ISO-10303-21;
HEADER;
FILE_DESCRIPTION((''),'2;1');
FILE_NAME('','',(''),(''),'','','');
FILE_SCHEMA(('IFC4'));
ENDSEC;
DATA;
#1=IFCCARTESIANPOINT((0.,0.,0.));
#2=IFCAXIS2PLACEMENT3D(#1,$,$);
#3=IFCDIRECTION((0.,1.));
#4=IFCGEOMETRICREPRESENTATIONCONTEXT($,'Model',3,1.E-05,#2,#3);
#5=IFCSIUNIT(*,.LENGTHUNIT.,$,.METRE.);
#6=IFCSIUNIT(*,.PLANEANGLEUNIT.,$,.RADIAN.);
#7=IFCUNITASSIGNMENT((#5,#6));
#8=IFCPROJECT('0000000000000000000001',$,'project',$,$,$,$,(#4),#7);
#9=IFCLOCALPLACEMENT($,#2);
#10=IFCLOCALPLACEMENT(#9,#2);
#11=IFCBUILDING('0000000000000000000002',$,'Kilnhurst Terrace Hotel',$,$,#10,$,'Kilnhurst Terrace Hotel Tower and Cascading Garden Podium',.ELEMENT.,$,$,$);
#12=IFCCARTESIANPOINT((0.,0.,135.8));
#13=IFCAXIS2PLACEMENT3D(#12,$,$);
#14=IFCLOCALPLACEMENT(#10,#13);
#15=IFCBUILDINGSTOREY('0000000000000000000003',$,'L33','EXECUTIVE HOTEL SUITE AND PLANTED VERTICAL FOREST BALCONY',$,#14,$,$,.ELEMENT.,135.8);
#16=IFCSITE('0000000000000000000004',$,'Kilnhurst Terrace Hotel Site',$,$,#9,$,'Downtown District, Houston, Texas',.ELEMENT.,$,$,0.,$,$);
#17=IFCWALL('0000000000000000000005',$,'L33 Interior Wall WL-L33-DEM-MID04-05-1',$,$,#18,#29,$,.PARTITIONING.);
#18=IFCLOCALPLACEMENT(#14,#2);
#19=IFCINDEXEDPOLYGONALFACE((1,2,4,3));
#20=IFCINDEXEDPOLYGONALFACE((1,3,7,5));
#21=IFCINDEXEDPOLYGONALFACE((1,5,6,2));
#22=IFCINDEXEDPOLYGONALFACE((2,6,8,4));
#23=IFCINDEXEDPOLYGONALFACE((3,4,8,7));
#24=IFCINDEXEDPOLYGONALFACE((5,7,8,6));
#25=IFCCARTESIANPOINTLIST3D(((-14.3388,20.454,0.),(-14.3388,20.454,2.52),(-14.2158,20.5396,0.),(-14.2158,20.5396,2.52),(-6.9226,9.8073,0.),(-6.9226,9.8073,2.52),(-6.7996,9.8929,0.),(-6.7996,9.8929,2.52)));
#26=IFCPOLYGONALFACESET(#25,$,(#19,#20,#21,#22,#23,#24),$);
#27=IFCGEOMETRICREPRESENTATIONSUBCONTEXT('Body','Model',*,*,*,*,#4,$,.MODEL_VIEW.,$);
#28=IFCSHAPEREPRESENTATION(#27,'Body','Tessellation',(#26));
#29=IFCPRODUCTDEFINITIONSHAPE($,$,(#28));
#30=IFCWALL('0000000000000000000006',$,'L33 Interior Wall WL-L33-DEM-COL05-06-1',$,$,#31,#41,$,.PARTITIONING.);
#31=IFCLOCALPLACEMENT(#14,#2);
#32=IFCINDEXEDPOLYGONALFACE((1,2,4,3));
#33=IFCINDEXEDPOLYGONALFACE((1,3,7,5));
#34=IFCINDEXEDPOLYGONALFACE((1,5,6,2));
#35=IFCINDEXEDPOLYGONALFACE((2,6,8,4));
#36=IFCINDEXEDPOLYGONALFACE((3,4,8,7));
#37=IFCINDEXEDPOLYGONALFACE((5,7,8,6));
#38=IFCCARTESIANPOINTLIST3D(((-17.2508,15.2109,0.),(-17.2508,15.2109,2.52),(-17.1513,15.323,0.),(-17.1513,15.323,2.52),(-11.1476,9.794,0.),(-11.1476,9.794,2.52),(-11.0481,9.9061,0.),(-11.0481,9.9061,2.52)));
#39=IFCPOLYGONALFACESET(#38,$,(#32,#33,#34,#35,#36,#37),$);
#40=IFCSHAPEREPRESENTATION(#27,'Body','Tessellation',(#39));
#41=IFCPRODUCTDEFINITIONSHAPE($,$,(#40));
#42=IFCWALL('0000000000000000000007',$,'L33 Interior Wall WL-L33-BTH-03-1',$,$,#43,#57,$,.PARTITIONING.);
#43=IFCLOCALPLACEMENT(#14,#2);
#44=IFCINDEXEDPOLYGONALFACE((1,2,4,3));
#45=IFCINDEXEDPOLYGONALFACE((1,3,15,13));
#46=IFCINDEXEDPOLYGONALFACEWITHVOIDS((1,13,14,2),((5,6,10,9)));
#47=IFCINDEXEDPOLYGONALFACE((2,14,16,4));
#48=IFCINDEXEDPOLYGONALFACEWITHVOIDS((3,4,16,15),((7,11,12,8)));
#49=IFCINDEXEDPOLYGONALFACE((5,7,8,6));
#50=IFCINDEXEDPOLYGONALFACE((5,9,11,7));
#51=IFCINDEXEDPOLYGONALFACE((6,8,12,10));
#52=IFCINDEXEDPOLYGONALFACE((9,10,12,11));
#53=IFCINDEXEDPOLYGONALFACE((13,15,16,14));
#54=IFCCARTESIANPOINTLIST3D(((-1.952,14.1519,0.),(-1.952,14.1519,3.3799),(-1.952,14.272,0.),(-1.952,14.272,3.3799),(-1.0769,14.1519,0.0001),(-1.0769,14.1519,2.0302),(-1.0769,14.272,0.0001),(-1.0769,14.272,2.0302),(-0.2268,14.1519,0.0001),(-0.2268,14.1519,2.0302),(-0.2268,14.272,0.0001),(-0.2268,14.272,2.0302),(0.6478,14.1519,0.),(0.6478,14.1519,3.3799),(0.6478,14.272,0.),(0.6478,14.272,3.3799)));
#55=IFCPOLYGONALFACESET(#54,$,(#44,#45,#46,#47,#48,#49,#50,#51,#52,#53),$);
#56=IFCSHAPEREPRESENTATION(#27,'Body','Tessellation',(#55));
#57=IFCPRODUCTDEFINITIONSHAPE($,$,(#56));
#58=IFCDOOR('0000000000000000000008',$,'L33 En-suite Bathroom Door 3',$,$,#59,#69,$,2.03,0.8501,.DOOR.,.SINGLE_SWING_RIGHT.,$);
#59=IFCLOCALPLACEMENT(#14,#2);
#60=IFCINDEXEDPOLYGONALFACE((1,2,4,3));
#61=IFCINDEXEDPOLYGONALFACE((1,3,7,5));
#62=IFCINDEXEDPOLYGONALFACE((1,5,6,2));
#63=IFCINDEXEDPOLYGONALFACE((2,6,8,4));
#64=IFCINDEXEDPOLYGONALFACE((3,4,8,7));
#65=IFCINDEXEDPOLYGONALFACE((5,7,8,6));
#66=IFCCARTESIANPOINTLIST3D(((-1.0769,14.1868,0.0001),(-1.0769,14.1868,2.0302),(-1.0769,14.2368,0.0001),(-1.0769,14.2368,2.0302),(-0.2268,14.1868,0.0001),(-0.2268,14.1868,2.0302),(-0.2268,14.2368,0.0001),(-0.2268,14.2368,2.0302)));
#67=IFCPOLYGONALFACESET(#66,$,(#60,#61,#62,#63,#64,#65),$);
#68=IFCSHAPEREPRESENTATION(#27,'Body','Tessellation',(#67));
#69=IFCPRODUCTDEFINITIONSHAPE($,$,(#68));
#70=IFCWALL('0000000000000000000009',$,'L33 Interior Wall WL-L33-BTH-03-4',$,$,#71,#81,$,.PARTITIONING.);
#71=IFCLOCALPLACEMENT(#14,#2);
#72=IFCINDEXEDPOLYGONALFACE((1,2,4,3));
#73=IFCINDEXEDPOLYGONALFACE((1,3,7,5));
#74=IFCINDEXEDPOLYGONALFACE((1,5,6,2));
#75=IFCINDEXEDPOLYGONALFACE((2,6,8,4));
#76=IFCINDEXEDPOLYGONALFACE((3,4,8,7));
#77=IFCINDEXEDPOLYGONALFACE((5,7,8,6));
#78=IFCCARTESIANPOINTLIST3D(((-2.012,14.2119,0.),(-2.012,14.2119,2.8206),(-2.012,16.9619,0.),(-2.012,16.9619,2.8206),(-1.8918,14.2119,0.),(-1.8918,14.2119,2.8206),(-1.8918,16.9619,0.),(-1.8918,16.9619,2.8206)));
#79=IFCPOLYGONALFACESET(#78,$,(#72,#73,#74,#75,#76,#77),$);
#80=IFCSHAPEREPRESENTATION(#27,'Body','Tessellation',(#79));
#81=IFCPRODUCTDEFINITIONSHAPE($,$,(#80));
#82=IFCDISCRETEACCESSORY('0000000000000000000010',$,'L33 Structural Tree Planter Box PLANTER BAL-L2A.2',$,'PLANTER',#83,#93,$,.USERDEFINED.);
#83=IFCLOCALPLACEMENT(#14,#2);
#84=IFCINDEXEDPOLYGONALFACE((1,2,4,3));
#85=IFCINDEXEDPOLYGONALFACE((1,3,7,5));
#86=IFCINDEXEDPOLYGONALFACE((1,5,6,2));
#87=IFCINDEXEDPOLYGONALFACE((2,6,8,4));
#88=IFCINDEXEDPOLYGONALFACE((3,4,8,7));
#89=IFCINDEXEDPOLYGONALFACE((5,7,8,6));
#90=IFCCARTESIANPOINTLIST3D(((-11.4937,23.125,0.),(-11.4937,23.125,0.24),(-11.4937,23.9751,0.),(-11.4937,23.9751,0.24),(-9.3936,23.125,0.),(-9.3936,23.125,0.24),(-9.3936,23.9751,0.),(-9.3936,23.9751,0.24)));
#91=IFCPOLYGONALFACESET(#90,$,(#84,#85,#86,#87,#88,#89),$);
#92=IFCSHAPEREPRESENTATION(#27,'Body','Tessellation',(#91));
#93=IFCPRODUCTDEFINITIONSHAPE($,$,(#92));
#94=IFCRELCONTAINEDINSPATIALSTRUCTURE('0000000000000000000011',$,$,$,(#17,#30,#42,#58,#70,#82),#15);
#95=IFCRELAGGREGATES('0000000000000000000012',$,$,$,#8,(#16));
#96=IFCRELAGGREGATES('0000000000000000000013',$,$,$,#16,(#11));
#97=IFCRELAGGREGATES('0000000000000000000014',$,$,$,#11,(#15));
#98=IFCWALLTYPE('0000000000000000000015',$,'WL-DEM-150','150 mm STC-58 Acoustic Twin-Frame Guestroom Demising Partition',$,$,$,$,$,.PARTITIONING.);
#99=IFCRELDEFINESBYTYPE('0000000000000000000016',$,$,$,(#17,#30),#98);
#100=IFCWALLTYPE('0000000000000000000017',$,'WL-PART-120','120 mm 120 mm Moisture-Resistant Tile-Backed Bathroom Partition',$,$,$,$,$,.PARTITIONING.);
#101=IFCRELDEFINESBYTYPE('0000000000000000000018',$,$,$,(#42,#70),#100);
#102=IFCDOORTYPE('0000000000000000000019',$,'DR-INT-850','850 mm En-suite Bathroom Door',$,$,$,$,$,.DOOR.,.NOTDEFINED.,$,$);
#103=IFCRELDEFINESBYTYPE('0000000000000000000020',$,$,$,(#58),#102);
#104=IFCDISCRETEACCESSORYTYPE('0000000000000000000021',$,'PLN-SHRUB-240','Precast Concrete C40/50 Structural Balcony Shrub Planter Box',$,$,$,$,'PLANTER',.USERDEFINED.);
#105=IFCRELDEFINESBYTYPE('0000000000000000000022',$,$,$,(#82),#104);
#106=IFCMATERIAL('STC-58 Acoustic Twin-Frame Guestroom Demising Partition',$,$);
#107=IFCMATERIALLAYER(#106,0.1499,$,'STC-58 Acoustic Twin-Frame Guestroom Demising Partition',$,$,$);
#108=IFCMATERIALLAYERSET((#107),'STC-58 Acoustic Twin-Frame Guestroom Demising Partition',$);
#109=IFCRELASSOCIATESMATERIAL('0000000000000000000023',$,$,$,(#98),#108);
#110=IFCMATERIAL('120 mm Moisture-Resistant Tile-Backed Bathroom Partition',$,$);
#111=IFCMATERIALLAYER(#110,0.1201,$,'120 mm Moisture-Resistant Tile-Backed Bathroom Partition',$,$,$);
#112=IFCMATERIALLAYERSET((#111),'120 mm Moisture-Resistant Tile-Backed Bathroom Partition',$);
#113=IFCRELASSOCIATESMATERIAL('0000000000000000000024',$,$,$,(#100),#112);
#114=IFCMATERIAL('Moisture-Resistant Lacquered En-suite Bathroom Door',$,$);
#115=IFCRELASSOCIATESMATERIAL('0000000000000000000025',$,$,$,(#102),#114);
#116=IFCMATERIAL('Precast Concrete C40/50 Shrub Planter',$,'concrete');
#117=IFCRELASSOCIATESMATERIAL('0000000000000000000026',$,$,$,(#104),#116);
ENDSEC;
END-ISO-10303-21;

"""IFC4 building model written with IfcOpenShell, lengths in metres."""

from ifc_helpers import new_model, si_unit, direction, frame, frame_2d, origin, origin_2d, place, context, subcontext, project, spatial, rectangle, extrude, material, layer, layer_set, type_object, element, fill, save


model = new_model("IFC4")

# Units and contexts
model_context = context("Model", 3, precision=1e-05, world=origin(), true_north=direction((0.0, 1.0)))
body_context = subcontext(model_context, "Body", "Model", "MODEL_VIEW")
ifc_project = project(units=[si_unit("LENGTHUNIT", "METRE"), si_unit("PLANEANGLEUNIT", "RADIAN")], contexts=[model_context])

# Site, building, storey
site_placement = place(None, origin())
site = spatial("IfcSite", under=ifc_project, at=site_placement, Name="Kilnhurst Terrace Hotel Site", LongName="Downtown District, Houston, Texas", CompositionType="ELEMENT", RefElevation=0.0)
building_placement = place(site_placement, origin())
building = spatial("IfcBuilding", under=site, at=building_placement, Name="Kilnhurst Terrace Hotel", LongName="Kilnhurst Terrace Hotel Tower and Cascading Garden Podium", CompositionType="ELEMENT")
storey_placement = place(building_placement, frame((0.0, 0.0, 135.8)))
storey = spatial("IfcBuildingStorey", under=building, at=storey_placement, Name="L33", Description="EXECUTIVE HOTEL SUITE AND PLANTED VERTICAL FOREST BALCONY", CompositionType="ELEMENT", Elevation=135.8)

# Walls
ifc_material_1 = material(Name="STC-58 Acoustic Twin-Frame Guestroom Demising Partition")
ifc_layer_1 = layer(ifc_material_1, 0.1499, Name="STC-58 Acoustic Twin-Frame Guestroom Demising Partition")
ifc_layer_set_1 = layer_set([ifc_layer_1], Name="STC-58 Acoustic Twin-Frame Guestroom Demising Partition")
wall_type_1 = type_object("IfcWallType", Name="WL-DEM-150", Description="150 mm STC-58 Acoustic Twin-Frame Guestroom Demising Partition", PredefinedType="PARTITIONING", material=ifc_layer_set_1)
wall_1_placement = place(storey_placement, frame((-6.8611, 9.8501, 0.0), z_axis=(0.0, 0.0, 1.0), x_axis=(-0.571575, 0.82055, 0.0)))
element("IfcWall", 1, at=wall_1_placement, inside=storey, type_object=wall_type_1, Name="L33 Interior Wall WL-L33-DEM-MID04-05-1", PredefinedType="PARTITIONING", context=body_context, shape_type="SweptSolid", body=[
    extrude(rectangle(XDim=12.9751, YDim=0.1499, at=frame_2d((6.4875, 0.0))), origin(), (0.0, 0.0, 1.0), 2.52),
])
wall_2_placement = place(storey_placement, frame((-11.0979, 9.8501, 0.0), z_axis=(0.0, 0.0, 1.0), x_axis=(-0.747904, 0.663807, 0.0)))
element("IfcWall", 2, at=wall_2_placement, inside=storey, type_object=wall_type_1, Name="L33 Interior Wall WL-L33-DEM-COL05-06-1", PredefinedType="PARTITIONING", context=body_context, shape_type="SweptSolid", body=[
    extrude(rectangle(XDim=8.1604, YDim=0.1499, at=frame_2d((4.0801, 0.0))), origin(), (0.0, 0.0, 1.0), 2.52),
])

# Wall, opening, door
ifc_material_2 = material(Name="120 mm Moisture-Resistant Tile-Backed Bathroom Partition")
ifc_layer_2 = layer(ifc_material_2, 0.1201, Name="120 mm Moisture-Resistant Tile-Backed Bathroom Partition")
ifc_layer_set_2 = layer_set([ifc_layer_2], Name="120 mm Moisture-Resistant Tile-Backed Bathroom Partition")
wall_type_2 = type_object("IfcWallType", Name="WL-PART-120", Description="120 mm 120 mm Moisture-Resistant Tile-Backed Bathroom Partition", PredefinedType="PARTITIONING", material=ifc_layer_set_2)
wall_3_placement = place(storey_placement, frame((-1.9519, 14.2119, 0.0), z_axis=(0.0, 0.0, 1.0), x_axis=(1.0, 0.0, 0.0)))
wall_3 = element("IfcWall", 3, at=wall_3_placement, inside=storey, type_object=wall_type_2, Name="L33 Interior Wall WL-L33-BTH-03-1", PredefinedType="PARTITIONING", context=body_context, shape_type="SweptSolid", body=[
    extrude(rectangle(XDim=2.5999, YDim=0.1201, at=frame_2d((1.2998, 0.0))), origin(), (0.0, 0.0, 1.0), 3.3799),
])
opening_placement = place(wall_3_placement, frame((0.875, 0.0, 0.0)))
opening = element("IfcOpeningElement", 4, at=opening_placement, cuts=wall_3, PredefinedType="OPENING", context=body_context, shape_type="SweptSolid", body=[
    extrude(rectangle(XDim=0.8501, YDim=2.03, at=frame_2d((0.425, 1.0151))), frame((0.0, 0.0701, 0.0), z_axis=(0.0, -1.0, 0.0), x_axis=(1.0, 0.0, 0.0)), (0.0, 0.0, 1.0), 0.1401),
])
ifc_material_3 = material(Name="Moisture-Resistant Lacquered En-suite Bathroom Door")
door_type = type_object("IfcDoorType", Name="DR-INT-850", Description="850 mm En-suite Bathroom Door", OperationType="NOTDEFINED", PredefinedType="DOOR", material=ifc_material_3)
door_placement = place(opening_placement, origin())
door = element("IfcDoor", 5, at=door_placement, inside=storey, type_object=door_type, Name="L33 En-suite Bathroom Door 3", OperationType="SINGLE_SWING_RIGHT", OverallHeight=2.03, OverallWidth=0.8501, PredefinedType="DOOR", context=body_context, shape_type="SweptSolid", body=[
    extrude(rectangle(XDim=0.8501, YDim=2.03, at=frame_2d((0.425, 1.0151))), frame((0.0, 0.0249, 0.0), z_axis=(0.0, -1.0, 0.0), x_axis=(1.0, 0.0, 0.0)), (0.0, 0.0, 1.0), 0.05),
])
fill(opening, door)

# Wall
wall_4_placement = place(storey_placement, frame((-1.9519, 16.9619, 0.0), z_axis=(0.0, 0.0, 1.0), x_axis=(0.0, -1.0, 0.0)))
element("IfcWall", 6, at=wall_4_placement, inside=storey, type_object=wall_type_2, Name="L33 Interior Wall WL-L33-BTH-03-4", PredefinedType="PARTITIONING", context=body_context, shape_type="SweptSolid", body=[
    extrude(rectangle(XDim=2.75, YDim=0.1201, at=frame_2d((1.375, 0.0))), origin(), (0.0, 0.0, 1.0), 2.8206),
])

# Discrete accessory
ifc_material_4 = material(Name="Precast Concrete C40/50 Shrub Planter", Category="concrete")
discrete_accessory_type = type_object("IfcDiscreteAccessoryType", Name="PLN-SHRUB-240", Description="Precast Concrete C40/50 Structural Balcony Shrub Planter Box", ElementType="PLANTER", PredefinedType="USERDEFINED", material=ifc_material_4)
discrete_accessory_placement = place(storey_placement, frame((-10.4436, 23.55, 0.0), z_axis=(0.0, 0.0, 1.0), x_axis=(-1.0, 0.0, 0.0)))
element("IfcDiscreteAccessory", 7, at=discrete_accessory_placement, inside=storey, type_object=discrete_accessory_type, Name="L33 Structural Tree Planter Box PLANTER BAL-L2A.2", ObjectType="PLANTER", PredefinedType="USERDEFINED", context=body_context, shape_type="SweptSolid", body=[
    extrude(rectangle(XDim=2.1001, YDim=0.8501, at=origin_2d()), origin(), (0.0, 0.0, 1.0), 0.24),
])

save(model, "model.ifc")
